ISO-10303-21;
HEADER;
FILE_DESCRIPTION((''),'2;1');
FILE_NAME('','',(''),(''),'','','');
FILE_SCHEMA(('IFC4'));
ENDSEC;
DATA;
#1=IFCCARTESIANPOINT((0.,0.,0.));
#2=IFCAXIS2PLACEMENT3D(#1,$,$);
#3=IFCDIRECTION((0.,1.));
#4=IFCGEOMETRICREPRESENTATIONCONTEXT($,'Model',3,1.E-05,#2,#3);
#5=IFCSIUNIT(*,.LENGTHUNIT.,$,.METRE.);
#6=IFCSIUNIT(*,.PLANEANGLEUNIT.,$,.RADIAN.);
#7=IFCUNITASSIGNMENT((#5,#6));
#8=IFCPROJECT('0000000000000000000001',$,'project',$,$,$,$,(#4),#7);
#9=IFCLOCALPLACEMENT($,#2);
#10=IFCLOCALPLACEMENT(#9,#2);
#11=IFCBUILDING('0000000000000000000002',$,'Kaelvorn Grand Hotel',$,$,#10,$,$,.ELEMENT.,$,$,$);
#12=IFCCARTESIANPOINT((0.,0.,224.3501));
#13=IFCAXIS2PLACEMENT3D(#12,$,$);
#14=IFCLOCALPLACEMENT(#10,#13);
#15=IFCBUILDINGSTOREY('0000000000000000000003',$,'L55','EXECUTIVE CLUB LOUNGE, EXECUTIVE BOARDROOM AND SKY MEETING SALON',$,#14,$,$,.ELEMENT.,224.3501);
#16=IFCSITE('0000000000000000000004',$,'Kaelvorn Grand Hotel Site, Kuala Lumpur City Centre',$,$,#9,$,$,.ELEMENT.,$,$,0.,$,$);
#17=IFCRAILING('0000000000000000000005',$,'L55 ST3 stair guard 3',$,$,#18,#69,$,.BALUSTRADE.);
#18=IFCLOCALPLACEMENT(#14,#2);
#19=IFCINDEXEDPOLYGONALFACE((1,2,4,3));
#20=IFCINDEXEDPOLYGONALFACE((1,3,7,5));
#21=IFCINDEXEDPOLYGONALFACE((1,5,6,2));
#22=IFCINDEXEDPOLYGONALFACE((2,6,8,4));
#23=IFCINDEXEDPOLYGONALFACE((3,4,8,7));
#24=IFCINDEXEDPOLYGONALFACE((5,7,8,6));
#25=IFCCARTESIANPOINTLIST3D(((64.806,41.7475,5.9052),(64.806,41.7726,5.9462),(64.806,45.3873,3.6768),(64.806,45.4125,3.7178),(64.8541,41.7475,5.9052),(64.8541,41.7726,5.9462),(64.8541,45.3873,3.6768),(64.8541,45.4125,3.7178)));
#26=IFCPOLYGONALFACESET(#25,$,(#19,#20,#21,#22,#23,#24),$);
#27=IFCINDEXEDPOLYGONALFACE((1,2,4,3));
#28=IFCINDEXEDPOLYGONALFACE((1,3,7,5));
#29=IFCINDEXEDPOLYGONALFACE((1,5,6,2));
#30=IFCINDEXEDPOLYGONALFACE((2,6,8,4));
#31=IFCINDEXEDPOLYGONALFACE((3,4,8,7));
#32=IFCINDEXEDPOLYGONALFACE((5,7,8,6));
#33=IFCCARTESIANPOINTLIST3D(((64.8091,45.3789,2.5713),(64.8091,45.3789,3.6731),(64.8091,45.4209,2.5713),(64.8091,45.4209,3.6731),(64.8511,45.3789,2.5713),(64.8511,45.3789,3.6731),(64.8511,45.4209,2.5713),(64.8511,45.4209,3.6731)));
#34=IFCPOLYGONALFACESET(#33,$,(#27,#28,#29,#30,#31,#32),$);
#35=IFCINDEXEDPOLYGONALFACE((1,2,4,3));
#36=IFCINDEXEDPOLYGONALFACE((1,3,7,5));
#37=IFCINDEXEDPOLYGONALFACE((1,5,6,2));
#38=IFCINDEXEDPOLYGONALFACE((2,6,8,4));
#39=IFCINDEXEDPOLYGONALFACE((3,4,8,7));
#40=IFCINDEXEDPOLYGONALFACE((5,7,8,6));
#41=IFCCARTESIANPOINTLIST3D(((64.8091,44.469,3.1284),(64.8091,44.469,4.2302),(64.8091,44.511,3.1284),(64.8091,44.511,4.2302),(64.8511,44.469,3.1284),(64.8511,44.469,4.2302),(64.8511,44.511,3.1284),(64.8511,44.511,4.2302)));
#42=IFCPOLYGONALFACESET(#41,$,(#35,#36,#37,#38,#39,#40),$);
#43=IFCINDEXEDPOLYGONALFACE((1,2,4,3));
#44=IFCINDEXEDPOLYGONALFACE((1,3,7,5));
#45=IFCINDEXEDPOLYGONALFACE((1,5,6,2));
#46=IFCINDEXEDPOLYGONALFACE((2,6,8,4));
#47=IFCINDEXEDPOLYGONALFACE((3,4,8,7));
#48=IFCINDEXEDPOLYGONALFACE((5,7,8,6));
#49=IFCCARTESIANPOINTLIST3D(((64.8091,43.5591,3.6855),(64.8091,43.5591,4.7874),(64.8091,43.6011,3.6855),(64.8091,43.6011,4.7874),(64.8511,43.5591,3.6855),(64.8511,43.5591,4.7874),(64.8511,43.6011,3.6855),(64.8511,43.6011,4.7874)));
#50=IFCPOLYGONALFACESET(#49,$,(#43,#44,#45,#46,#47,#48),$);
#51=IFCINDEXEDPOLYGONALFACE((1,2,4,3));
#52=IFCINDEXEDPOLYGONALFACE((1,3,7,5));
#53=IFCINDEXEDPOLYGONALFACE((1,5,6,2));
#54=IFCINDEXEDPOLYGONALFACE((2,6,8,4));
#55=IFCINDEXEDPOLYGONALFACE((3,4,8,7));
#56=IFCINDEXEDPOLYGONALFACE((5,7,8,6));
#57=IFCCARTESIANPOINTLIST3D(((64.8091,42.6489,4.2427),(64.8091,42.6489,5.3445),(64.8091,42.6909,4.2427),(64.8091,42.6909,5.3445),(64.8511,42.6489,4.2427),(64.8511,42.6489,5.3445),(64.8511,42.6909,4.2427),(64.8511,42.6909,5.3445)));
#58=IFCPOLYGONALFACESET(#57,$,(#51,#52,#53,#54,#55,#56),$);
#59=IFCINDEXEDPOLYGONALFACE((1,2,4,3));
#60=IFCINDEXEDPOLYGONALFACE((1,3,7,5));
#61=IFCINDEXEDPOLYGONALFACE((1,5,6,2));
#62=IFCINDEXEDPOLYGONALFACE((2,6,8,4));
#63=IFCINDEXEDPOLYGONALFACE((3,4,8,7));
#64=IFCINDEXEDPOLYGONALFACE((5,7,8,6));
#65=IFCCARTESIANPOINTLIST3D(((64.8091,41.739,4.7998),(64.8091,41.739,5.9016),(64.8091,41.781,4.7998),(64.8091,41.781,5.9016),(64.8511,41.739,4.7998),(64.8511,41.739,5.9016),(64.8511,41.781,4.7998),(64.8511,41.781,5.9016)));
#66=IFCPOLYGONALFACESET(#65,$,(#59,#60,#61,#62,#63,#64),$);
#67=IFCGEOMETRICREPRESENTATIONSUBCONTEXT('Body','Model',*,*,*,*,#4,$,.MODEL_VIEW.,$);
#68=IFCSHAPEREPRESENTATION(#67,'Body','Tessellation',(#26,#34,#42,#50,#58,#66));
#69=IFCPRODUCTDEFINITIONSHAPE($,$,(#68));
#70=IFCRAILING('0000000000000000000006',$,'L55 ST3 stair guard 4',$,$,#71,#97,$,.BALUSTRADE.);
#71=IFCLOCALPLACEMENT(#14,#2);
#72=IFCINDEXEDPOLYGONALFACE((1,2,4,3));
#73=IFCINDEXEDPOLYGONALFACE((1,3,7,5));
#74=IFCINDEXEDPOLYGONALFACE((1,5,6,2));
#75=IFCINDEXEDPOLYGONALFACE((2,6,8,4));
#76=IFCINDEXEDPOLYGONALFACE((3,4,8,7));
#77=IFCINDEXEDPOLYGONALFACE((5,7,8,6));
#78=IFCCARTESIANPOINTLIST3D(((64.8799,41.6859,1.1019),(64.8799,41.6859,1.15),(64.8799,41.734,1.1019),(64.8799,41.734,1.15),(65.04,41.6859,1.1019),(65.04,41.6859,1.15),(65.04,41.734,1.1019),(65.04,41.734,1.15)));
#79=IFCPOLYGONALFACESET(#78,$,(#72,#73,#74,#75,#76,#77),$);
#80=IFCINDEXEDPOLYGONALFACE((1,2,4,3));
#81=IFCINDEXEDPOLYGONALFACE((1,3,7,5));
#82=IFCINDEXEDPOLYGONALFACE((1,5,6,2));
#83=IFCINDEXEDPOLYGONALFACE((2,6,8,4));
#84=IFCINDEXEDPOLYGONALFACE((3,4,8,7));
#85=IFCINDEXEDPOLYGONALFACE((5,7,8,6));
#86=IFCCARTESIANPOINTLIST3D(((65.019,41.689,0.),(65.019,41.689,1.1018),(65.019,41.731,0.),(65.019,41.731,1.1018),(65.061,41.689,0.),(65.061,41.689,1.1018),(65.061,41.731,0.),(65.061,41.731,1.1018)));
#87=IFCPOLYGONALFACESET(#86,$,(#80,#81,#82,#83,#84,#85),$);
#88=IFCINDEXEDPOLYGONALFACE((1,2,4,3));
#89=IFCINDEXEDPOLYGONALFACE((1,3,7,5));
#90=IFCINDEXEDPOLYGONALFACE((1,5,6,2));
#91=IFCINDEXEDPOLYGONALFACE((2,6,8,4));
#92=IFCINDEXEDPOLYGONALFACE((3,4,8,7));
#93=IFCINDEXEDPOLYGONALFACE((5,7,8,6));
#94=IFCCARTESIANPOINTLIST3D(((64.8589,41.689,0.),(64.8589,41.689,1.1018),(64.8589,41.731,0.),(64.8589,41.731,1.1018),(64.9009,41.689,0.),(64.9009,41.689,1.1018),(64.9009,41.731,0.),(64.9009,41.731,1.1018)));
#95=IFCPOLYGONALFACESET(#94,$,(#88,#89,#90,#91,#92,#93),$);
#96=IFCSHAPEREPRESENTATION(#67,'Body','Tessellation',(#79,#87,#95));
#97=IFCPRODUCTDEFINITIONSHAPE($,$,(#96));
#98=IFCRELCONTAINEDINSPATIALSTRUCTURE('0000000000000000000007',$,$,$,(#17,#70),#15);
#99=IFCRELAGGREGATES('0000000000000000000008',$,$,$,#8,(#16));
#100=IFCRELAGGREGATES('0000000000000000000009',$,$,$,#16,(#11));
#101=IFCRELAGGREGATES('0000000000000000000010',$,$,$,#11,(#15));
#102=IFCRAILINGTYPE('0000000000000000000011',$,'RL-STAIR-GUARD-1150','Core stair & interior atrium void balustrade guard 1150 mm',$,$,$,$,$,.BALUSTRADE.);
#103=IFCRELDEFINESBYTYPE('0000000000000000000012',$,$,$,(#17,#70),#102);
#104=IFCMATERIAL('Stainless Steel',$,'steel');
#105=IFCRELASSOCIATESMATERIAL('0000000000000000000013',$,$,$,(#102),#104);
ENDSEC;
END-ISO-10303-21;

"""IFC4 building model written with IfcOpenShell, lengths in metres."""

from ifc_helpers import new_model, si_unit, direction, frame, origin, origin_2d, place, context, subcontext, project, spatial, rectangle, extrude, material, type_object, element, save


model = new_model("IFC4")

# Units and contexts
model_context = context("Model", 3, precision=1e-05, world=origin(), true_north=direction((0.0, 1.0)))
body_context = subcontext(model_context, "Body", "Model", "MODEL_VIEW")
ifc_project = project(units=[si_unit("LENGTHUNIT", "METRE"), si_unit("PLANEANGLEUNIT", "RADIAN")], contexts=[model_context])

# Site, building, storey
site_placement = place(None, origin())
site = spatial("IfcSite", under=ifc_project, at=site_placement, Name="Kaelvorn Grand Hotel Site, Kuala Lumpur City Centre", CompositionType="ELEMENT", RefElevation=0.0)
building_placement = place(site_placement, origin())
building = spatial("IfcBuilding", under=site, at=building_placement, Name="Kaelvorn Grand Hotel", CompositionType="ELEMENT")
storey_placement = place(building_placement, frame((0.0, 0.0, 224.3501)))
storey = spatial("IfcBuildingStorey", under=building, at=storey_placement, Name="L55", Description="EXECUTIVE CLUB LOUNGE, EXECUTIVE BOARDROOM AND SKY MEETING SALON", CompositionType="ELEMENT", Elevation=224.3501)

# Shared definitions
ifc_material_1 = material(Name="Stainless Steel", Category="steel")

# Railings
railing_type_1 = type_object("IfcRailingType", Name="RL-STAIR-GUARD-1150", Description="Core stair & interior atrium void balustrade guard 1150 mm", PredefinedType="BALUSTRADE", material=ifc_material_1)
railing_1_placement = place(storey_placement, frame((64.8301, 45.3999, 2.5713)))
element("IfcRailing", 1, at=railing_1_placement, inside=storey, type_object=railing_type_1, Name="L55 ST3 stair guard 3", PredefinedType="BALUSTRADE", context=body_context, shape_type="SweptSolid", body=[
    extrude(rectangle(XDim=0.0481, YDim=0.0481, at=origin_2d()), frame((0.0, 0.0, 1.126), z_axis=(0.0, -0.85285, 0.522156), x_axis=(1.0, 0.0, 0.0)), (0.0, 0.0, 1.0), 4.2678),
    extrude(rectangle(XDim=0.042, YDim=0.042, at=origin_2d()), origin(), (0.0, 0.0, 1.0), 1.1018),
    extrude(rectangle(XDim=0.042, YDim=0.042, at=origin_2d()), frame((0.0, -0.9099, 0.5571)), (0.0, 0.0, 1.0), 1.1018),
    extrude(rectangle(XDim=0.042, YDim=0.042, at=origin_2d()), frame((0.0, -1.8198, 1.1143)), (0.0, 0.0, 1.0), 1.1018),
    extrude(rectangle(XDim=0.042, YDim=0.042, at=origin_2d()), frame((0.0, -2.73, 1.6714)), (0.0, 0.0, 1.0), 1.1018),
    extrude(rectangle(XDim=0.042, YDim=0.042, at=origin_2d()), frame((0.0, -3.6399, 2.2285)), (0.0, 0.0, 1.0), 1.1018),
])
railing_2_placement = place(storey_placement, frame((65.04, 41.71, 0.0)))
element("IfcRailing", 2, at=railing_2_placement, inside=storey, type_object=railing_type_1, Name="L55 ST3 stair guard 4", PredefinedType="BALUSTRADE", context=body_context, shape_type="SweptSolid", body=[
    extrude(rectangle(XDim=0.0481, YDim=0.0481, at=origin_2d()), frame((0.0, 0.0, 1.126), z_axis=(-1.0, 0.0, 0.0), x_axis=(0.0, -1.0, 0.0)), (0.0, 0.0, 1.0), 0.1602),
    extrude(rectangle(XDim=0.042, YDim=0.042, at=origin_2d()), origin(), (0.0, 0.0, 1.0), 1.1018),
    extrude(rectangle(XDim=0.042, YDim=0.042, at=origin_2d()), frame((-0.1602, 0.0, 0.0)), (0.0, 0.0, 1.0), 1.1018),
])

save(model, "model.ifc")
